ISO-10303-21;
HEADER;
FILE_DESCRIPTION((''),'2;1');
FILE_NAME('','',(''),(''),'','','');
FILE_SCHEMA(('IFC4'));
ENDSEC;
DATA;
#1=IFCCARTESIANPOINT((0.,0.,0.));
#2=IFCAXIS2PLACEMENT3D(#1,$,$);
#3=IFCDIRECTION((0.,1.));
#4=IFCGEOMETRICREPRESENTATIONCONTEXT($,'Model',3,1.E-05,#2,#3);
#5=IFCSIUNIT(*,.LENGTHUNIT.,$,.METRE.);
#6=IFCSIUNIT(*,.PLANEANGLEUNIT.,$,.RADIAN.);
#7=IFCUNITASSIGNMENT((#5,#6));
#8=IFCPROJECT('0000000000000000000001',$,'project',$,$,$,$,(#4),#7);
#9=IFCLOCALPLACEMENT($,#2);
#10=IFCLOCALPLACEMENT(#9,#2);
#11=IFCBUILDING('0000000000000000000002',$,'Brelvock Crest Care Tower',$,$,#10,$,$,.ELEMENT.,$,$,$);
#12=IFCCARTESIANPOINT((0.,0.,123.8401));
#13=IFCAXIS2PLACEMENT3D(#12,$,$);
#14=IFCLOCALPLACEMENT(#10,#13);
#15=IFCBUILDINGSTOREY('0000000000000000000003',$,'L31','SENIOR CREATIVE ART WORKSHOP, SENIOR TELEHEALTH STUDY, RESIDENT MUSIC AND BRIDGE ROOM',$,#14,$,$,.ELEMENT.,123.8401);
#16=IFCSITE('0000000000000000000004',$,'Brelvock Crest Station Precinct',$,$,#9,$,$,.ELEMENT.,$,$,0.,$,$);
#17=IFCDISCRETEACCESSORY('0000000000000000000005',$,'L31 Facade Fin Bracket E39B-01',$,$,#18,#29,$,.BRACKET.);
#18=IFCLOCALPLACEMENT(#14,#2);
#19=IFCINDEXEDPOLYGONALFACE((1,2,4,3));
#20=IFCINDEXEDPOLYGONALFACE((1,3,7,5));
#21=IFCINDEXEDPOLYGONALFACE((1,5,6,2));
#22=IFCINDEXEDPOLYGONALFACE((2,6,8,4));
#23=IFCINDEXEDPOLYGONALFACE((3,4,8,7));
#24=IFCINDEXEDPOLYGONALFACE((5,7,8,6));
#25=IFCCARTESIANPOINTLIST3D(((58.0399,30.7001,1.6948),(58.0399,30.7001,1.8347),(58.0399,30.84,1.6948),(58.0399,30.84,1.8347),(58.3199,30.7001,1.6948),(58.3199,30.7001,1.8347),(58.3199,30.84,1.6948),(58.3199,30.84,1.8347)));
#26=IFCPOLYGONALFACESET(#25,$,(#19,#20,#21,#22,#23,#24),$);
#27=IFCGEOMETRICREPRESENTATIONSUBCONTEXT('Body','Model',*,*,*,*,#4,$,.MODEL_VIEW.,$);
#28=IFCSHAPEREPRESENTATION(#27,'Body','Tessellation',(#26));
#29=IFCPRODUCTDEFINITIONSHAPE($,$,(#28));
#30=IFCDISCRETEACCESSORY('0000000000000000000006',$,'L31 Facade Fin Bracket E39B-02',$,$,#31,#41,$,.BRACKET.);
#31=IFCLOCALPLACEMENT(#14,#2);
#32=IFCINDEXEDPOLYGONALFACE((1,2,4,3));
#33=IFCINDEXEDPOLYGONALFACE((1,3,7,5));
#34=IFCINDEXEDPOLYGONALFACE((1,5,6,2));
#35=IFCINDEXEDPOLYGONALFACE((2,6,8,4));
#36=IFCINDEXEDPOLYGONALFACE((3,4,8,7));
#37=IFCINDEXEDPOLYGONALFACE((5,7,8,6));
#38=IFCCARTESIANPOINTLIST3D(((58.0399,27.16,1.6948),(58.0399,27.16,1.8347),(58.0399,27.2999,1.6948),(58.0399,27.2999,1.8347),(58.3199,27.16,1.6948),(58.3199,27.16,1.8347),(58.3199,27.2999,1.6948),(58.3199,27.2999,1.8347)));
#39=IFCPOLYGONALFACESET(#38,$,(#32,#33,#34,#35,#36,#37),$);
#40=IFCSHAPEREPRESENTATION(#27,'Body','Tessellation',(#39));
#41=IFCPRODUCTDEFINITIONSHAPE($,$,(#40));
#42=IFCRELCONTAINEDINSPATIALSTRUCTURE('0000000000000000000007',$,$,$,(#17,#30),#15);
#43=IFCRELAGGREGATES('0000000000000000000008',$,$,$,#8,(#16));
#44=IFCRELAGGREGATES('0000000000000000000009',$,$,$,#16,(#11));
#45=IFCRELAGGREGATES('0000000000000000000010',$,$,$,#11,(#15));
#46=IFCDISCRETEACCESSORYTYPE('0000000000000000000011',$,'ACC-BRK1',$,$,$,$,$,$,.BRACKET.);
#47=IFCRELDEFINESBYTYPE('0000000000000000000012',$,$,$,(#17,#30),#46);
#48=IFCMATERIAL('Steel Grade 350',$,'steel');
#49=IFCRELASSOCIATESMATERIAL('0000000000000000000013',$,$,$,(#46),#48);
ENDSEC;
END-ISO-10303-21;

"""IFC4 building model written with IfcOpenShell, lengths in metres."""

from ifc_helpers import new_model, si_unit, direction, frame, origin, origin_2d, place, context, subcontext, project, spatial, rectangle, extrude, source, transform, mapped, material, type_object, element, save


model = new_model("IFC4")

# Units and contexts
model_context = context("Model", 3, precision=1e-05, world=origin(), true_north=direction((0.0, 1.0)))
body_context = subcontext(model_context, "Body", "Model", "MODEL_VIEW")
ifc_project = project(units=[si_unit("LENGTHUNIT", "METRE"), si_unit("PLANEANGLEUNIT", "RADIAN")], contexts=[model_context])

# Site, building, storey
site_placement = place(None, origin())
site = spatial("IfcSite", under=ifc_project, at=site_placement, Name="Brelvock Crest Station Precinct", CompositionType="ELEMENT", RefElevation=0.0)
building_placement = place(site_placement, origin())
building = spatial("IfcBuilding", under=site, at=building_placement, Name="Brelvock Crest Care Tower", CompositionType="ELEMENT")
storey_placement = place(building_placement, frame((0.0, 0.0, 123.8401)))
storey = spatial("IfcBuildingStorey", under=building, at=storey_placement, Name="L31", Description="SENIOR CREATIVE ART WORKSHOP, SENIOR TELEHEALTH STUDY, RESIDENT MUSIC AND BRIDGE ROOM", CompositionType="ELEMENT", Elevation=123.8401)

# Shared definitions
ifc_material_1 = material(Name="Steel Grade 350", Category="steel")

# Discrete accessories
discrete_accessory_type = type_object("IfcDiscreteAccessoryType", Name="ACC-BRK1", PredefinedType="BRACKET", material=ifc_material_1)
shared_shape_1 = source(origin(), body_context, "Body", "SweptSolid", [
    extrude(rectangle(XDim=0.28, YDim=0.1399, at=origin_2d()), origin(), (0.0, 0.0, 1.0), 0.1399),
])
for number, where, z_axis, x_axis, name in (
    (1, (58.1799, 30.77, 1.6948), (0.0, 0.0, 1.0), (1.0, 0.0, 0.0), "L31 Facade Fin Bracket E39B-01"),
    (2, (58.1799, 27.23, 1.6948), (0.0, 0.0, 1.0), (1.0, 0.0, 0.0), "L31 Facade Fin Bracket E39B-02"),
):
    element("IfcDiscreteAccessory", number, at=place(storey_placement, frame(where, z_axis=z_axis, x_axis=x_axis)), inside=storey, type_object=discrete_accessory_type, Name=name, PredefinedType="BRACKET", context=body_context, shape_type="MappedRepresentation", body=[
        mapped(shared_shape_1, transform((0.0, 0.0, 0.0), x_axis=(1.0, 0.0, 0.0), y_axis=(0.0, 1.0, 0.0), z_axis=(0.0, 0.0, 1.0), scale=1.0)),
    ])

save(model, "model.ifc")
